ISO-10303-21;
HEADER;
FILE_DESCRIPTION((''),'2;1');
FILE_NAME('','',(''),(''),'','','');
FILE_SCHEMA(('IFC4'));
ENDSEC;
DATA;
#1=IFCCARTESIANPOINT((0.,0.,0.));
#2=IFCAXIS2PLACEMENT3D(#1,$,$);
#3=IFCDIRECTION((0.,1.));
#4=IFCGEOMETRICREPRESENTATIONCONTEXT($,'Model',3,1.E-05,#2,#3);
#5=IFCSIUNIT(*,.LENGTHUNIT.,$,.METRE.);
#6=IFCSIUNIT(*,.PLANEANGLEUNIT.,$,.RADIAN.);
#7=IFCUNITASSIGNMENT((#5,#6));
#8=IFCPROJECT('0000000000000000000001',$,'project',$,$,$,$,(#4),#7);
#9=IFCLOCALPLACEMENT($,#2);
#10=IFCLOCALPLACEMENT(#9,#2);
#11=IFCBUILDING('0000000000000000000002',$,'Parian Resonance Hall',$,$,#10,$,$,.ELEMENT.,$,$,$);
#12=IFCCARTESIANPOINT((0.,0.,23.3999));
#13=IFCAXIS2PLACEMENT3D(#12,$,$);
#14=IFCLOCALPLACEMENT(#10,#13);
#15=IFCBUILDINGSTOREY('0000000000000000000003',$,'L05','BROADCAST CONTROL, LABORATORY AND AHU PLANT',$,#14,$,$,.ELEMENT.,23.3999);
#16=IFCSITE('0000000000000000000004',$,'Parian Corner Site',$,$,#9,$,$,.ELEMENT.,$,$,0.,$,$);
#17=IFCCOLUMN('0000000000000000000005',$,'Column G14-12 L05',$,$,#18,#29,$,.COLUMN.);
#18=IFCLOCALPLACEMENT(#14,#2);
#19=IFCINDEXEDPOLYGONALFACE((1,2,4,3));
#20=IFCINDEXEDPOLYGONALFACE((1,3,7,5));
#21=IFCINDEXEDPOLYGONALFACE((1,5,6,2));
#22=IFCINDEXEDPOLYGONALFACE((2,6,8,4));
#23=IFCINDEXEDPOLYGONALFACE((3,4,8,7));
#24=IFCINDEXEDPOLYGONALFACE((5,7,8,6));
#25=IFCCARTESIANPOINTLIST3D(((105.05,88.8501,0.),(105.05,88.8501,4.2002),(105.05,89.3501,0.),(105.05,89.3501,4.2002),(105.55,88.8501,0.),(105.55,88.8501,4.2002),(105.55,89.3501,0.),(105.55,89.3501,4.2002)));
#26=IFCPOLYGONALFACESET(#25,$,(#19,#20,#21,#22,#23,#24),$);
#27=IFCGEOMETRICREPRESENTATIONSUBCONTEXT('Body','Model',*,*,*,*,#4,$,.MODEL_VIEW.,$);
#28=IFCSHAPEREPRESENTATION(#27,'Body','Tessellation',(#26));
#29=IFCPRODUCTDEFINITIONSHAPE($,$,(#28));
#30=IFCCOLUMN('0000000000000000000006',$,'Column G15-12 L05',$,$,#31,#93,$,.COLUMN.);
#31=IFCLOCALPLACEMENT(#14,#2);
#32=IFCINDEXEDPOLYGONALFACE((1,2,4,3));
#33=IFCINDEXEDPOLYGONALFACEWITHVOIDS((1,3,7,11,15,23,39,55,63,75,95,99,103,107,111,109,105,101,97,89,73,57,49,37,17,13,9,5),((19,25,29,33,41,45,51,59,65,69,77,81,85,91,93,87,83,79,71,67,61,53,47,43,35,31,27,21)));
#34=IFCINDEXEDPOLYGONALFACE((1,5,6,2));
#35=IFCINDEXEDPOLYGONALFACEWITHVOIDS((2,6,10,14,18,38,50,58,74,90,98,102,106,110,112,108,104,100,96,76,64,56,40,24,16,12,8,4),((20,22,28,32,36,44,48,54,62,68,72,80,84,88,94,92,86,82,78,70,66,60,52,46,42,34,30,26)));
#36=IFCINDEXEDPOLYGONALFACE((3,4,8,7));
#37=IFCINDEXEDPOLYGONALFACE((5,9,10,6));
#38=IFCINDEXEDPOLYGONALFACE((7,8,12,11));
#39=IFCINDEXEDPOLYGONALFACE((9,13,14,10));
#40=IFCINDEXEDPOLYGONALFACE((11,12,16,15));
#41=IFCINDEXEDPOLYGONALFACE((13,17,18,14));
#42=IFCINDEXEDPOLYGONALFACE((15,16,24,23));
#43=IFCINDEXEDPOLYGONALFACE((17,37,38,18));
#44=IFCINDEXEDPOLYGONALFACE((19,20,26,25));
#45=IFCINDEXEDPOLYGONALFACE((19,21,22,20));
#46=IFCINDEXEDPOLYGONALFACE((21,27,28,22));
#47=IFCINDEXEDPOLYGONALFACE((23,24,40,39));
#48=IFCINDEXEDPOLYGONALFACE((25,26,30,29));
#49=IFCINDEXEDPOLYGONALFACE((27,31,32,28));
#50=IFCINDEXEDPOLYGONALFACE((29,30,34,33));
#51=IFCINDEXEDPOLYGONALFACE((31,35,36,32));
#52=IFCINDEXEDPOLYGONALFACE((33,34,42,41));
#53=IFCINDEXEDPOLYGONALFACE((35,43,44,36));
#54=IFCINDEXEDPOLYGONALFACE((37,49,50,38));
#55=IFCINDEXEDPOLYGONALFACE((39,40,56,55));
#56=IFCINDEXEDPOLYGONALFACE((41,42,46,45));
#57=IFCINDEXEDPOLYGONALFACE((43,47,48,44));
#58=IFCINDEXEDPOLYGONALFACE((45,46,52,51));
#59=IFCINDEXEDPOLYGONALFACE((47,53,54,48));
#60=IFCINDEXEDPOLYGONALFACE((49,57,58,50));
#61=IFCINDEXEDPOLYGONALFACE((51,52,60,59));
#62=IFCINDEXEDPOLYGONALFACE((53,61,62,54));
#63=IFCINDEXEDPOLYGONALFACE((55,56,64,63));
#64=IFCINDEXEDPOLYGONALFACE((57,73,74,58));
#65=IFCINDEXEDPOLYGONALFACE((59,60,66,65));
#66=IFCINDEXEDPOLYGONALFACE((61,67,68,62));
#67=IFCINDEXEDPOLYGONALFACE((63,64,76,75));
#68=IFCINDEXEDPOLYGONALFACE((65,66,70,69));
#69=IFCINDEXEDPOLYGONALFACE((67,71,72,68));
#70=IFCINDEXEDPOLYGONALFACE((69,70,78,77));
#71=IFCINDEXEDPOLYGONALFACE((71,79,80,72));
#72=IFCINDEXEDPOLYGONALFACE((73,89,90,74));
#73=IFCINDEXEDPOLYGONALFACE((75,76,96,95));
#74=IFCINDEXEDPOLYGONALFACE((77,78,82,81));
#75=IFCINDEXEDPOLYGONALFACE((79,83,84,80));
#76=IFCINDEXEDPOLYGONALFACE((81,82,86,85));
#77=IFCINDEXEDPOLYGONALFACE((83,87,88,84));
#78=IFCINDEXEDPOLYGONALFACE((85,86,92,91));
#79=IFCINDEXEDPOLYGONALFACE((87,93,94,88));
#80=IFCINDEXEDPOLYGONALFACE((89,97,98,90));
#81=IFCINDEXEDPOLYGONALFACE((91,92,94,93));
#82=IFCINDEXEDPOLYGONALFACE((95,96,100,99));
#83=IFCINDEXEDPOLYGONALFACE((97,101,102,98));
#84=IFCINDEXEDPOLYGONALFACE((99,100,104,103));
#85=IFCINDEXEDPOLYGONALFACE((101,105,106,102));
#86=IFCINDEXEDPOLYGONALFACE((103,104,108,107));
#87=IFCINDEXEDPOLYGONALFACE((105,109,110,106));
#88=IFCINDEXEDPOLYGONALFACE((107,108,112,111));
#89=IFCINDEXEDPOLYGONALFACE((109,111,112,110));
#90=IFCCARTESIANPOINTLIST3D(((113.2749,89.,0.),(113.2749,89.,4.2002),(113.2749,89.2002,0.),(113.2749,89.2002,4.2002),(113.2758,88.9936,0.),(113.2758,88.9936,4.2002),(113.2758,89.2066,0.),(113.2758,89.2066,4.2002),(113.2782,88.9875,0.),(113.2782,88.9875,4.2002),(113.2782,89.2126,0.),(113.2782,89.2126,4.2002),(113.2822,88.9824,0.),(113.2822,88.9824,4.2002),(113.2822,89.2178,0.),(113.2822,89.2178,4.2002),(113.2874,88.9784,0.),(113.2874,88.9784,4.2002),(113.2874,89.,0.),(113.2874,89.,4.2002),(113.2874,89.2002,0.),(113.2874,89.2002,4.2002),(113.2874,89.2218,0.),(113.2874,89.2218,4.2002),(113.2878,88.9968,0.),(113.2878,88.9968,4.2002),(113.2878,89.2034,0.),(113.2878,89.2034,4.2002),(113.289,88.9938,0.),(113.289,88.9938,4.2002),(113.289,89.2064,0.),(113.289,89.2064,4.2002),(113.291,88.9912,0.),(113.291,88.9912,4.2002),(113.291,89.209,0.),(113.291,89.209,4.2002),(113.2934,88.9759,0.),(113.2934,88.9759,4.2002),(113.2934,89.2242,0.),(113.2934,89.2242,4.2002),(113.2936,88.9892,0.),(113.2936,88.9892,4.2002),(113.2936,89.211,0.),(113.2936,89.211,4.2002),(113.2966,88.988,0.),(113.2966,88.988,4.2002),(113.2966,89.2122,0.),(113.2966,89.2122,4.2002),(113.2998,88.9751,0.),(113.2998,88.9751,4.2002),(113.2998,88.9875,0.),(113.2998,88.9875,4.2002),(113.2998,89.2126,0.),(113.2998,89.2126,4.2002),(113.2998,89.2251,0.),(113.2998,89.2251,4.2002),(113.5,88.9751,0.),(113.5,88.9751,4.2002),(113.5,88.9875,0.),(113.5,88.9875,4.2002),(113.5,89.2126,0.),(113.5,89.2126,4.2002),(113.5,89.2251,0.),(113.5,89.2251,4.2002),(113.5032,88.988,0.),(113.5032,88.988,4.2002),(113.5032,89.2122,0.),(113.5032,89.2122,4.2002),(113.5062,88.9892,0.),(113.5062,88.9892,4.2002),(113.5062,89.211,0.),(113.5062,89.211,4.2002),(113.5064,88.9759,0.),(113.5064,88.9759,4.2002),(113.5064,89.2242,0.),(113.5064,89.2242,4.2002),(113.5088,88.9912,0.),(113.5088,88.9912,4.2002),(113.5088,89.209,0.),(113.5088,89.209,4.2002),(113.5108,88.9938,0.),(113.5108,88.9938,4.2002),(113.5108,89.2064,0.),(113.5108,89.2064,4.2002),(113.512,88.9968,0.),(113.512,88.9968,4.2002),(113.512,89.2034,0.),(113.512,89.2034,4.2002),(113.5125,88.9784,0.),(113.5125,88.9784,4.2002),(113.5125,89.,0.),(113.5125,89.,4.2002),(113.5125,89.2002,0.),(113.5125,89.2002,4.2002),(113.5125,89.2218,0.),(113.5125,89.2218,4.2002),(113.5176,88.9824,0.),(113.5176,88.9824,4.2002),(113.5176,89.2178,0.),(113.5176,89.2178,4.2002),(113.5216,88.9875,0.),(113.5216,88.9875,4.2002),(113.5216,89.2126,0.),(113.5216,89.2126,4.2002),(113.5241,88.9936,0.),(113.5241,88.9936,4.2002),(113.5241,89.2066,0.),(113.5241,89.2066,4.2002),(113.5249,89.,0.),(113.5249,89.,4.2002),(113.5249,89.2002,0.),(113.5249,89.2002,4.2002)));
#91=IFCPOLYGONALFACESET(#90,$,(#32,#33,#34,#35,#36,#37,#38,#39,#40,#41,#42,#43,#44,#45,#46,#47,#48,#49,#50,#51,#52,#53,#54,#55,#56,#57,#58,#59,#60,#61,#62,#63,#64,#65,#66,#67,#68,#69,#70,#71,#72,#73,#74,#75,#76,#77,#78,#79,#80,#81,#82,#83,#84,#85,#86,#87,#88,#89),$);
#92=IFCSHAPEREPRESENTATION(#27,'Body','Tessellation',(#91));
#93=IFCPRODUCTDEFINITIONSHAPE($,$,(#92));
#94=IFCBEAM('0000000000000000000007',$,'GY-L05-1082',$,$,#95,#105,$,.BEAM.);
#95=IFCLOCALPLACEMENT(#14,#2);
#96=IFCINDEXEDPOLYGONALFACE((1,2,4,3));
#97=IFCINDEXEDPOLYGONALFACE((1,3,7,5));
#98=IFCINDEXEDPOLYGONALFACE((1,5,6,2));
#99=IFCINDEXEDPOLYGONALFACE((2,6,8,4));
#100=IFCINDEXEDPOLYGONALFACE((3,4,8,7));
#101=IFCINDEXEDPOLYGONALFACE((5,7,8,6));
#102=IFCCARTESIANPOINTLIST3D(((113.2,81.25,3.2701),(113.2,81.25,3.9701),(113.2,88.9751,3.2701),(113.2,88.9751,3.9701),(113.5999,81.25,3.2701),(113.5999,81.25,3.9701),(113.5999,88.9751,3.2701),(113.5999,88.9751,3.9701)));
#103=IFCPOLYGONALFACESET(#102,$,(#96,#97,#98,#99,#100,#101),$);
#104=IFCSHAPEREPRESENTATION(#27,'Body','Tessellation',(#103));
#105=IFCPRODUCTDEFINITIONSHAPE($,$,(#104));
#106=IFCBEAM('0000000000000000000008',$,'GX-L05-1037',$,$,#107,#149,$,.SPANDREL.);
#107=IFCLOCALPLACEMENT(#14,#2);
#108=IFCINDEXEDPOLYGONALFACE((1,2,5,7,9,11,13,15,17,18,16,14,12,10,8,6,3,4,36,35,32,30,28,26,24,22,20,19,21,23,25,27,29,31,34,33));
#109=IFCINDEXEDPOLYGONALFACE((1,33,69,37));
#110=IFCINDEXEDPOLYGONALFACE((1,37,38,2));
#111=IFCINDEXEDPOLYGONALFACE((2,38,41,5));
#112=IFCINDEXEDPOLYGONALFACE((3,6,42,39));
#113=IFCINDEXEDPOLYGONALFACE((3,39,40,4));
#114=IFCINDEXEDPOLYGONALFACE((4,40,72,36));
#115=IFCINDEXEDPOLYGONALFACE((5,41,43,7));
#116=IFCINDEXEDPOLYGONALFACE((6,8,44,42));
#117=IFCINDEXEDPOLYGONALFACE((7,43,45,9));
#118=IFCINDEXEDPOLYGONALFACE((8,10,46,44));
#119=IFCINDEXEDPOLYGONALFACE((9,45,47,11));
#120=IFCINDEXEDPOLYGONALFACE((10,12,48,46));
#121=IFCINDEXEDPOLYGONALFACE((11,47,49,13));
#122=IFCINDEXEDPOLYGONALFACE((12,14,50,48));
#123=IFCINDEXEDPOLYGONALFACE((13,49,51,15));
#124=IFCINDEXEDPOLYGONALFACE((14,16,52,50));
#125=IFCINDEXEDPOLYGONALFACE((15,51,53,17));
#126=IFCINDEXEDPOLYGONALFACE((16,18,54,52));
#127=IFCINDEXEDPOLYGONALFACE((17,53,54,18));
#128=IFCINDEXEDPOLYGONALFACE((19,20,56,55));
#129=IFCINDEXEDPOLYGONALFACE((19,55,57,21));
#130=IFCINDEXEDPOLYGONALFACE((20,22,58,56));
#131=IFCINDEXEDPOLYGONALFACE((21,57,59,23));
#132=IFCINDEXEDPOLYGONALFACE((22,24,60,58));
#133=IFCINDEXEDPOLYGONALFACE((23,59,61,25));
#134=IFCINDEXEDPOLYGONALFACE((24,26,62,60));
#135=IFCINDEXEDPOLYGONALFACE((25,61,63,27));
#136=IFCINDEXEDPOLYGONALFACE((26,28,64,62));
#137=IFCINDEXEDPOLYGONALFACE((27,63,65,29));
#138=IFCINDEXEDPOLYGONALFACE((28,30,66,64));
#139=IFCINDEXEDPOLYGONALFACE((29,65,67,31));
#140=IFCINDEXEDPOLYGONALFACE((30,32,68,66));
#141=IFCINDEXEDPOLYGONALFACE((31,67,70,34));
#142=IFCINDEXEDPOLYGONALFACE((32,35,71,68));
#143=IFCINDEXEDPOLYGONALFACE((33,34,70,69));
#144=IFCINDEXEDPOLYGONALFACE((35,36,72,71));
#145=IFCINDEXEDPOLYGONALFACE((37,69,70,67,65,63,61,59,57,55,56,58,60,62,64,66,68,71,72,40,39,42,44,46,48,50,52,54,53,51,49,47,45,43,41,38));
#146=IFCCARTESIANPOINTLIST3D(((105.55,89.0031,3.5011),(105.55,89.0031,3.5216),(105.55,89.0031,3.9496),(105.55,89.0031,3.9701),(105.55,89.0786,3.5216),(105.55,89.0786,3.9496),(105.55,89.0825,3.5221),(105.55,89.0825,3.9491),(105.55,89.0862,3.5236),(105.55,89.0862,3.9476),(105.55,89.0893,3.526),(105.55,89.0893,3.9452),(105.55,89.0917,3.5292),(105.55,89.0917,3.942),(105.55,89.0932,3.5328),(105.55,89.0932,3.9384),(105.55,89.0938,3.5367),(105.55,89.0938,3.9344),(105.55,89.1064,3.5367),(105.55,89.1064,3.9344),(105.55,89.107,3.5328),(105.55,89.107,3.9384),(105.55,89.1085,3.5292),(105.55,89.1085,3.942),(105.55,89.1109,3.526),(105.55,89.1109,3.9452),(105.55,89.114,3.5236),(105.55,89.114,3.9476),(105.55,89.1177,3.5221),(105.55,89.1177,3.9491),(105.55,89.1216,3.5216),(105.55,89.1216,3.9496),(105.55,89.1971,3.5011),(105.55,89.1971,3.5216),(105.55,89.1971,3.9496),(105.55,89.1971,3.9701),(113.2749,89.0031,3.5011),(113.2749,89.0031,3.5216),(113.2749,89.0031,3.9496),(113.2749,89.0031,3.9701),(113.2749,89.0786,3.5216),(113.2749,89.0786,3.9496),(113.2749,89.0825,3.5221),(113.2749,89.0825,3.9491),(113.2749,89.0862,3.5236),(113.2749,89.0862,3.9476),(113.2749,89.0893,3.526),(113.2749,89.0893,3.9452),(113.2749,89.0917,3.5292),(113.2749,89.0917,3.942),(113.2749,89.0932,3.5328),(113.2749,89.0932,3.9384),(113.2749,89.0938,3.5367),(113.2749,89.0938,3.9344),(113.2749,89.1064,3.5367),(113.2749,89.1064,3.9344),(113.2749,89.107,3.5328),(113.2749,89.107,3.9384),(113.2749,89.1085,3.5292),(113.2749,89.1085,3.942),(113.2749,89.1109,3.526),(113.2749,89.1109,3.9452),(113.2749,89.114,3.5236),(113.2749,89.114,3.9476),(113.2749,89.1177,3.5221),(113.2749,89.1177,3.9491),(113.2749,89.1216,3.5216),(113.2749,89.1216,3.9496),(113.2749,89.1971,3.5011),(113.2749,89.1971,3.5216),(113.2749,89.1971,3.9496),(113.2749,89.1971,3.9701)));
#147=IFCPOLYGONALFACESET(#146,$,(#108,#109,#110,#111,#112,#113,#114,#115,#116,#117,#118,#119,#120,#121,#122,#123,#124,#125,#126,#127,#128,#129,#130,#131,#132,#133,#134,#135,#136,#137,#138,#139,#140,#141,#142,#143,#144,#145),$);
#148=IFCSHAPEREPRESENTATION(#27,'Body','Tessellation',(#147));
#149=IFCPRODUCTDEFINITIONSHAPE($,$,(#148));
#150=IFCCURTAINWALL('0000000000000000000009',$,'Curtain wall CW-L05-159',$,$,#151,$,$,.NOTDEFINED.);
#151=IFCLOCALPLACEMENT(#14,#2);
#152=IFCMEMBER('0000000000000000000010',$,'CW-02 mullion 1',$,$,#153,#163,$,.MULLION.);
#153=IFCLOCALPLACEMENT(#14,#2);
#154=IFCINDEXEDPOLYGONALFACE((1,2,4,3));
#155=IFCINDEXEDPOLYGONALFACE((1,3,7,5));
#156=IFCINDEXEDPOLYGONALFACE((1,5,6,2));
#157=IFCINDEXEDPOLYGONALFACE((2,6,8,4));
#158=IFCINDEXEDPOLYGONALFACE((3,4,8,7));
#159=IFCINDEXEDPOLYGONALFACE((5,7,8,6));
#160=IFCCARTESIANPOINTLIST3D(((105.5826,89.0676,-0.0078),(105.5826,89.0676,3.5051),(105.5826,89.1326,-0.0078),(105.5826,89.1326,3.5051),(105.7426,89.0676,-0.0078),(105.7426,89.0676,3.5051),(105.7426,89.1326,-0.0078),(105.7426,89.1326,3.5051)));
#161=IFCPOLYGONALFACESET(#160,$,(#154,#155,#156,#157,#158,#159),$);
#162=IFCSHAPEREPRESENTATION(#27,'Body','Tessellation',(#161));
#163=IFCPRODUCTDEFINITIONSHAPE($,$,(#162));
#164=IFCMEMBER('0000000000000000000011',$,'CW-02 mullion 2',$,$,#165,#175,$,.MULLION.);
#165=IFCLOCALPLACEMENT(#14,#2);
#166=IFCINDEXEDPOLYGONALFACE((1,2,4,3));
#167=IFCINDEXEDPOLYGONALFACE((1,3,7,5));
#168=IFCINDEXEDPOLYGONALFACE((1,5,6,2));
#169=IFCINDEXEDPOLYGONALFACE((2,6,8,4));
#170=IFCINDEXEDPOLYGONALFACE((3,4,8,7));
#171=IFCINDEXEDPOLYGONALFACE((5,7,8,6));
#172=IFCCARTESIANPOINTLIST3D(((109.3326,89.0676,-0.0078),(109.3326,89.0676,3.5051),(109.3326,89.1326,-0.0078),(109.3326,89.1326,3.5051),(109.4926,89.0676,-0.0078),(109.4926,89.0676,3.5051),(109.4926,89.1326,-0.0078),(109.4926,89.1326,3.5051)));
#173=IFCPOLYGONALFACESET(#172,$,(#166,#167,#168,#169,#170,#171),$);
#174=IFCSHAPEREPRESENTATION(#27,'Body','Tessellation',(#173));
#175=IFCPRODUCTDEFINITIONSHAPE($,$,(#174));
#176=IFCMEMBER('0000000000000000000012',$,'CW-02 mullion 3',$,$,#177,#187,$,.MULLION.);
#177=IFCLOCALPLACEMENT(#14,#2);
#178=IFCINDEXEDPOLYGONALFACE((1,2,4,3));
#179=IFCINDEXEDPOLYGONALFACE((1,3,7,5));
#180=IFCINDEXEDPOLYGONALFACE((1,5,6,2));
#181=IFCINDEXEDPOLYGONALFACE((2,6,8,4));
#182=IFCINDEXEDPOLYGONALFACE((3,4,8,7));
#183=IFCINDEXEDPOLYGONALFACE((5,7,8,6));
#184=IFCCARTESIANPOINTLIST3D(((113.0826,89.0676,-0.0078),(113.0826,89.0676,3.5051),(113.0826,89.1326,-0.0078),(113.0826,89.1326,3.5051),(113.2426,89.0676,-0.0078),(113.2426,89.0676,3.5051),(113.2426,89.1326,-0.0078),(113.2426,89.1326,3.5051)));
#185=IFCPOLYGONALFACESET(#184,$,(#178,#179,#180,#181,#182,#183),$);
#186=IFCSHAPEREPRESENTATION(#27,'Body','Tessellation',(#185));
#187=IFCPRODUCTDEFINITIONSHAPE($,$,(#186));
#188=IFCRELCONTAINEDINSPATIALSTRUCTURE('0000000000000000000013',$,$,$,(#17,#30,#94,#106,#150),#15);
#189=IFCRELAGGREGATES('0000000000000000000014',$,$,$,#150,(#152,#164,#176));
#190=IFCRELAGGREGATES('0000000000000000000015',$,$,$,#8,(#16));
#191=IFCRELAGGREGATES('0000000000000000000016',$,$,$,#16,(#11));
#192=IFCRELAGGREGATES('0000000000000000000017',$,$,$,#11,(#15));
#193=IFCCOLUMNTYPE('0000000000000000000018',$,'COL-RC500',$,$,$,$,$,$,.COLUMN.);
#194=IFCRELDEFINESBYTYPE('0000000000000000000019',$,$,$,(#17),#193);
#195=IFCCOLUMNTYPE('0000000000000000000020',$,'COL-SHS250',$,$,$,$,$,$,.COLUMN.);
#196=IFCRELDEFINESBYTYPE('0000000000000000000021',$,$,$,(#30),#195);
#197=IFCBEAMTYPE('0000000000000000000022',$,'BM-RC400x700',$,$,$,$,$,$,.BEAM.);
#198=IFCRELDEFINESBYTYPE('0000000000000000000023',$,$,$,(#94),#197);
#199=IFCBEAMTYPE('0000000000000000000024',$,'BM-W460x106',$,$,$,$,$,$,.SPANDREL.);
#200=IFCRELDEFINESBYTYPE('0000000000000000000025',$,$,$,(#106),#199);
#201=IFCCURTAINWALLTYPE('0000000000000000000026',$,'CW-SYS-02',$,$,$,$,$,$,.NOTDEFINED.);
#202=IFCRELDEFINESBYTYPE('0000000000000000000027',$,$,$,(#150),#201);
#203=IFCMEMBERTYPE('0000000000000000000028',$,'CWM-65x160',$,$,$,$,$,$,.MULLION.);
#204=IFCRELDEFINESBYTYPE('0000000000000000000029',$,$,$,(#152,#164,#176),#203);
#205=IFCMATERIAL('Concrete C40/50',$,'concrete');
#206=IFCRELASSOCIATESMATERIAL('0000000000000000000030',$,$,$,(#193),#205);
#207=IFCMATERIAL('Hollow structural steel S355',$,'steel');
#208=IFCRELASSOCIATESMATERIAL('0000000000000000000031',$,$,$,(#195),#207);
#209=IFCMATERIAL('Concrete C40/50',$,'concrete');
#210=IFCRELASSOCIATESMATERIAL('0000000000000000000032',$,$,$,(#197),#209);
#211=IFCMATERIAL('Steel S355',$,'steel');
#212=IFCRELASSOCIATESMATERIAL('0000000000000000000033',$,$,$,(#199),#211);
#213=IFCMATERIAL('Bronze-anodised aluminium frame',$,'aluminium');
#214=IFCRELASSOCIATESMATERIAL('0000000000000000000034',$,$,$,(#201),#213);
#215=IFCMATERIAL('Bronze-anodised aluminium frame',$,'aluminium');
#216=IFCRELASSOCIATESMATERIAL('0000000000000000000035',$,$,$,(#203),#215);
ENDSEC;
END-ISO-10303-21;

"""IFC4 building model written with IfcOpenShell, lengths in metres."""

from ifc_helpers import new_model, si_unit, direction, frame, origin, origin_2d, place, context, subcontext, project, spatial, rectangle, hollow_rectangle, i_section, extrude, material, material_profile, profile_set, type_object, element, aggregate, save


model = new_model("IFC4")

# Units and contexts
model_context = context("Model", 3, precision=1e-05, world=origin(), true_north=direction((0.0, 1.0)))
body_context = subcontext(model_context, "Body", "Model", "MODEL_VIEW")
ifc_project = project(units=[si_unit("LENGTHUNIT", "METRE"), si_unit("PLANEANGLEUNIT", "RADIAN")], contexts=[model_context])

# Site, building, storey
site_placement = place(None, origin())
site = spatial("IfcSite", under=ifc_project, at=site_placement, Name="Parian Corner Site", CompositionType="ELEMENT", RefElevation=0.0)
building_placement = place(site_placement, origin())
building = spatial("IfcBuilding", under=site, at=building_placement, Name="Parian Resonance Hall", CompositionType="ELEMENT")
storey_placement = place(building_placement, frame((0.0, 0.0, 23.3999)))
storey = spatial("IfcBuildingStorey", under=building, at=storey_placement, Name="L05", Description="BROADCAST CONTROL, LABORATORY AND AHU PLANT", CompositionType="ELEMENT", Elevation=23.3999)

# Columns
ifc_material_1 = material(Name="Concrete C40/50", Category="concrete")
ifc_material_profile_1 = material_profile(ifc_material_1, rectangle(XDim=0.5, YDim=0.5, at=origin_2d()), Name="RC-COL-500x500")
ifc_profile_set_1 = profile_set([ifc_material_profile_1], Name="Concrete C40/50")
column_type_1 = type_object("IfcColumnType", Name="COL-RC500", PredefinedType="COLUMN", material=ifc_profile_set_1)
column_1_placement = place(storey_placement, frame((105.3, 89.1001, 0.0), z_axis=(0.0, 0.0, 1.0), x_axis=(1.0, 0.0, 0.0)))
element("IfcColumn", 1, at=column_1_placement, inside=storey, type_object=column_type_1, Name="Column G14-12 L05", PredefinedType="COLUMN", context=body_context, shape_type="SweptSolid", body=[
    extrude(rectangle(XDim=0.5, YDim=0.5, at=origin_2d()), origin(), (0.0, 0.0, 1.0), 4.2002),
])
ifc_material_2 = material(Name="Hollow structural steel S355", Category="steel")
ifc_material_profile_2 = material_profile(ifc_material_2, hollow_rectangle(XDim=0.25, YDim=0.25, WallThickness=0.0125, InnerFilletRadius=0.0125, OuterFilletRadius=0.0249, at=origin_2d()), Name="SHS250x250x12.5")
ifc_profile_set_2 = profile_set([ifc_material_profile_2], Name="Hollow structural steel S355")
column_type_2 = type_object("IfcColumnType", Name="COL-SHS250", PredefinedType="COLUMN", material=ifc_profile_set_2)
column_2_placement = place(storey_placement, frame((113.3999, 89.1001, 0.0), z_axis=(0.0, 0.0, 1.0), x_axis=(1.0, 0.0, 0.0)))
element("IfcColumn", 2, at=column_2_placement, inside=storey, type_object=column_type_2, Name="Column G15-12 L05", PredefinedType="COLUMN", context=body_context, shape_type="SweptSolid", body=[
    extrude(hollow_rectangle(XDim=0.25, YDim=0.25, WallThickness=0.0125, InnerFilletRadius=0.0125, OuterFilletRadius=0.0249, at=origin_2d()), origin(), (0.0, 0.0, 1.0), 4.2002),
])

# Beams
ifc_material_3 = material(Name="Concrete C40/50", Category="concrete")
ifc_material_profile_3 = material_profile(ifc_material_3, rectangle(XDim=0.3999, YDim=0.7, at=origin_2d()), Name="RC-BM-400x700")
ifc_profile_set_3 = profile_set([ifc_material_profile_3], Name="Concrete C40/50")
beam_type_1 = type_object("IfcBeamType", Name="BM-RC400x700", PredefinedType="BEAM", material=ifc_profile_set_3)
beam_1_placement = place(storey_placement, frame((113.3999, 81.25, 3.6201), z_axis=(0.0, 1.0, 0.0), x_axis=(-1.0, 0.0, 0.0)))
element("IfcBeam", 3, at=beam_1_placement, inside=storey, type_object=beam_type_1, Name="GY-L05-1082", PredefinedType="BEAM", context=body_context, shape_type="SweptSolid", body=[
    extrude(rectangle(XDim=0.3999, YDim=0.7, at=origin_2d()), origin(), (0.0, 0.0, 1.0), 7.7251),
])
ifc_material_4 = material(Name="Steel S355", Category="steel")
ifc_material_profile_4 = material_profile(ifc_material_4, i_section(OverallWidth=0.1941, OverallDepth=0.469, WebThickness=0.0127, FlangeThickness=0.0205, FilletRadius=0.0151, at=origin_2d()), Name="W460x106")
ifc_profile_set_4 = profile_set([ifc_material_profile_4], Name="Steel S355")
beam_type_2 = type_object("IfcBeamType", Name="BM-W460x106", PredefinedType="SPANDREL", material=ifc_profile_set_4)
beam_2_placement = place(storey_placement, frame((105.55, 89.1001, 3.7356), z_axis=(1.0, 0.0, 0.0), x_axis=(0.0, 1.0, 0.0)))
element("IfcBeam", 4, at=beam_2_placement, inside=storey, type_object=beam_type_2, Name="GX-L05-1037", PredefinedType="SPANDREL", context=body_context, shape_type="SweptSolid", body=[
    extrude(i_section(OverallWidth=0.1941, OverallDepth=0.469, WebThickness=0.0127, FlangeThickness=0.0205, FilletRadius=0.0151, at=origin_2d()), origin(), (0.0, 0.0, 1.0), 7.7249),
])

# Curtain wall, members
ifc_material_5 = material(Name="Bronze-anodised aluminium frame", Category="aluminium")
curtain_wall_type_1 = type_object("IfcCurtainWallType", Name="CW-SYS-02", PredefinedType="NOTDEFINED", material=ifc_material_5)
curtain_wall_1_placement = place(storey_placement, origin())
curtain_wall_1 = element("IfcCurtainWall", 5, at=curtain_wall_1_placement, inside=storey, type_object=curtain_wall_type_1, Name="Curtain wall CW-L05-159", PredefinedType="NOTDEFINED")
ifc_material_6 = material(Name="Bronze-anodised aluminium frame", Category="aluminium")
ifc_material_profile_5 = material_profile(ifc_material_6, rectangle(XDim=0.0649, YDim=0.1599, at=origin_2d()), Name="CWM-65x160")
ifc_profile_set_5 = profile_set([ifc_material_profile_5], Name="Bronze-anodised aluminium frame")
member_type_1 = type_object("IfcMemberType", Name="CWM-65x160", PredefinedType="MULLION", material=ifc_profile_set_5)
member_1_placement = place(storey_placement, frame((105.6626, 89.1001, -0.0078), z_axis=(0.0, 0.0, 1.0), x_axis=(0.0, 1.0, 0.0)))
member_1 = element("IfcMember", 6, at=member_1_placement, type_object=member_type_1, Name="CW-02 mullion 1", PredefinedType="MULLION", context=body_context, shape_type="SweptSolid", body=[
    extrude(rectangle(XDim=0.0649, YDim=0.1599, at=origin_2d()), origin(), (0.0, 0.0, 1.0), 3.5129),
])
member_2_placement = place(storey_placement, frame((109.4126, 89.1001, -0.0078), z_axis=(0.0, 0.0, 1.0), x_axis=(0.0, 1.0, 0.0)))
member_2 = element("IfcMember", 7, at=member_2_placement, type_object=member_type_1, Name="CW-02 mullion 2", PredefinedType="MULLION", context=body_context, shape_type="SweptSolid", body=[
    extrude(rectangle(XDim=0.0649, YDim=0.1599, at=origin_2d()), origin(), (0.0, 0.0, 1.0), 3.5129),
])
member_3_placement = place(storey_placement, frame((113.1626, 89.1001, -0.0078), z_axis=(0.0, 0.0, 1.0), x_axis=(0.0, 1.0, 0.0)))
member_3 = element("IfcMember", 8, at=member_3_placement, type_object=member_type_1, Name="CW-02 mullion 3", PredefinedType="MULLION", context=body_context, shape_type="SweptSolid", body=[
    extrude(rectangle(XDim=0.0649, YDim=0.1599, at=origin_2d()), origin(), (0.0, 0.0, 1.0), 3.5129),
])

aggregate(curtain_wall_1, [member_1, member_2, member_3])

save(model, "model.ifc")
